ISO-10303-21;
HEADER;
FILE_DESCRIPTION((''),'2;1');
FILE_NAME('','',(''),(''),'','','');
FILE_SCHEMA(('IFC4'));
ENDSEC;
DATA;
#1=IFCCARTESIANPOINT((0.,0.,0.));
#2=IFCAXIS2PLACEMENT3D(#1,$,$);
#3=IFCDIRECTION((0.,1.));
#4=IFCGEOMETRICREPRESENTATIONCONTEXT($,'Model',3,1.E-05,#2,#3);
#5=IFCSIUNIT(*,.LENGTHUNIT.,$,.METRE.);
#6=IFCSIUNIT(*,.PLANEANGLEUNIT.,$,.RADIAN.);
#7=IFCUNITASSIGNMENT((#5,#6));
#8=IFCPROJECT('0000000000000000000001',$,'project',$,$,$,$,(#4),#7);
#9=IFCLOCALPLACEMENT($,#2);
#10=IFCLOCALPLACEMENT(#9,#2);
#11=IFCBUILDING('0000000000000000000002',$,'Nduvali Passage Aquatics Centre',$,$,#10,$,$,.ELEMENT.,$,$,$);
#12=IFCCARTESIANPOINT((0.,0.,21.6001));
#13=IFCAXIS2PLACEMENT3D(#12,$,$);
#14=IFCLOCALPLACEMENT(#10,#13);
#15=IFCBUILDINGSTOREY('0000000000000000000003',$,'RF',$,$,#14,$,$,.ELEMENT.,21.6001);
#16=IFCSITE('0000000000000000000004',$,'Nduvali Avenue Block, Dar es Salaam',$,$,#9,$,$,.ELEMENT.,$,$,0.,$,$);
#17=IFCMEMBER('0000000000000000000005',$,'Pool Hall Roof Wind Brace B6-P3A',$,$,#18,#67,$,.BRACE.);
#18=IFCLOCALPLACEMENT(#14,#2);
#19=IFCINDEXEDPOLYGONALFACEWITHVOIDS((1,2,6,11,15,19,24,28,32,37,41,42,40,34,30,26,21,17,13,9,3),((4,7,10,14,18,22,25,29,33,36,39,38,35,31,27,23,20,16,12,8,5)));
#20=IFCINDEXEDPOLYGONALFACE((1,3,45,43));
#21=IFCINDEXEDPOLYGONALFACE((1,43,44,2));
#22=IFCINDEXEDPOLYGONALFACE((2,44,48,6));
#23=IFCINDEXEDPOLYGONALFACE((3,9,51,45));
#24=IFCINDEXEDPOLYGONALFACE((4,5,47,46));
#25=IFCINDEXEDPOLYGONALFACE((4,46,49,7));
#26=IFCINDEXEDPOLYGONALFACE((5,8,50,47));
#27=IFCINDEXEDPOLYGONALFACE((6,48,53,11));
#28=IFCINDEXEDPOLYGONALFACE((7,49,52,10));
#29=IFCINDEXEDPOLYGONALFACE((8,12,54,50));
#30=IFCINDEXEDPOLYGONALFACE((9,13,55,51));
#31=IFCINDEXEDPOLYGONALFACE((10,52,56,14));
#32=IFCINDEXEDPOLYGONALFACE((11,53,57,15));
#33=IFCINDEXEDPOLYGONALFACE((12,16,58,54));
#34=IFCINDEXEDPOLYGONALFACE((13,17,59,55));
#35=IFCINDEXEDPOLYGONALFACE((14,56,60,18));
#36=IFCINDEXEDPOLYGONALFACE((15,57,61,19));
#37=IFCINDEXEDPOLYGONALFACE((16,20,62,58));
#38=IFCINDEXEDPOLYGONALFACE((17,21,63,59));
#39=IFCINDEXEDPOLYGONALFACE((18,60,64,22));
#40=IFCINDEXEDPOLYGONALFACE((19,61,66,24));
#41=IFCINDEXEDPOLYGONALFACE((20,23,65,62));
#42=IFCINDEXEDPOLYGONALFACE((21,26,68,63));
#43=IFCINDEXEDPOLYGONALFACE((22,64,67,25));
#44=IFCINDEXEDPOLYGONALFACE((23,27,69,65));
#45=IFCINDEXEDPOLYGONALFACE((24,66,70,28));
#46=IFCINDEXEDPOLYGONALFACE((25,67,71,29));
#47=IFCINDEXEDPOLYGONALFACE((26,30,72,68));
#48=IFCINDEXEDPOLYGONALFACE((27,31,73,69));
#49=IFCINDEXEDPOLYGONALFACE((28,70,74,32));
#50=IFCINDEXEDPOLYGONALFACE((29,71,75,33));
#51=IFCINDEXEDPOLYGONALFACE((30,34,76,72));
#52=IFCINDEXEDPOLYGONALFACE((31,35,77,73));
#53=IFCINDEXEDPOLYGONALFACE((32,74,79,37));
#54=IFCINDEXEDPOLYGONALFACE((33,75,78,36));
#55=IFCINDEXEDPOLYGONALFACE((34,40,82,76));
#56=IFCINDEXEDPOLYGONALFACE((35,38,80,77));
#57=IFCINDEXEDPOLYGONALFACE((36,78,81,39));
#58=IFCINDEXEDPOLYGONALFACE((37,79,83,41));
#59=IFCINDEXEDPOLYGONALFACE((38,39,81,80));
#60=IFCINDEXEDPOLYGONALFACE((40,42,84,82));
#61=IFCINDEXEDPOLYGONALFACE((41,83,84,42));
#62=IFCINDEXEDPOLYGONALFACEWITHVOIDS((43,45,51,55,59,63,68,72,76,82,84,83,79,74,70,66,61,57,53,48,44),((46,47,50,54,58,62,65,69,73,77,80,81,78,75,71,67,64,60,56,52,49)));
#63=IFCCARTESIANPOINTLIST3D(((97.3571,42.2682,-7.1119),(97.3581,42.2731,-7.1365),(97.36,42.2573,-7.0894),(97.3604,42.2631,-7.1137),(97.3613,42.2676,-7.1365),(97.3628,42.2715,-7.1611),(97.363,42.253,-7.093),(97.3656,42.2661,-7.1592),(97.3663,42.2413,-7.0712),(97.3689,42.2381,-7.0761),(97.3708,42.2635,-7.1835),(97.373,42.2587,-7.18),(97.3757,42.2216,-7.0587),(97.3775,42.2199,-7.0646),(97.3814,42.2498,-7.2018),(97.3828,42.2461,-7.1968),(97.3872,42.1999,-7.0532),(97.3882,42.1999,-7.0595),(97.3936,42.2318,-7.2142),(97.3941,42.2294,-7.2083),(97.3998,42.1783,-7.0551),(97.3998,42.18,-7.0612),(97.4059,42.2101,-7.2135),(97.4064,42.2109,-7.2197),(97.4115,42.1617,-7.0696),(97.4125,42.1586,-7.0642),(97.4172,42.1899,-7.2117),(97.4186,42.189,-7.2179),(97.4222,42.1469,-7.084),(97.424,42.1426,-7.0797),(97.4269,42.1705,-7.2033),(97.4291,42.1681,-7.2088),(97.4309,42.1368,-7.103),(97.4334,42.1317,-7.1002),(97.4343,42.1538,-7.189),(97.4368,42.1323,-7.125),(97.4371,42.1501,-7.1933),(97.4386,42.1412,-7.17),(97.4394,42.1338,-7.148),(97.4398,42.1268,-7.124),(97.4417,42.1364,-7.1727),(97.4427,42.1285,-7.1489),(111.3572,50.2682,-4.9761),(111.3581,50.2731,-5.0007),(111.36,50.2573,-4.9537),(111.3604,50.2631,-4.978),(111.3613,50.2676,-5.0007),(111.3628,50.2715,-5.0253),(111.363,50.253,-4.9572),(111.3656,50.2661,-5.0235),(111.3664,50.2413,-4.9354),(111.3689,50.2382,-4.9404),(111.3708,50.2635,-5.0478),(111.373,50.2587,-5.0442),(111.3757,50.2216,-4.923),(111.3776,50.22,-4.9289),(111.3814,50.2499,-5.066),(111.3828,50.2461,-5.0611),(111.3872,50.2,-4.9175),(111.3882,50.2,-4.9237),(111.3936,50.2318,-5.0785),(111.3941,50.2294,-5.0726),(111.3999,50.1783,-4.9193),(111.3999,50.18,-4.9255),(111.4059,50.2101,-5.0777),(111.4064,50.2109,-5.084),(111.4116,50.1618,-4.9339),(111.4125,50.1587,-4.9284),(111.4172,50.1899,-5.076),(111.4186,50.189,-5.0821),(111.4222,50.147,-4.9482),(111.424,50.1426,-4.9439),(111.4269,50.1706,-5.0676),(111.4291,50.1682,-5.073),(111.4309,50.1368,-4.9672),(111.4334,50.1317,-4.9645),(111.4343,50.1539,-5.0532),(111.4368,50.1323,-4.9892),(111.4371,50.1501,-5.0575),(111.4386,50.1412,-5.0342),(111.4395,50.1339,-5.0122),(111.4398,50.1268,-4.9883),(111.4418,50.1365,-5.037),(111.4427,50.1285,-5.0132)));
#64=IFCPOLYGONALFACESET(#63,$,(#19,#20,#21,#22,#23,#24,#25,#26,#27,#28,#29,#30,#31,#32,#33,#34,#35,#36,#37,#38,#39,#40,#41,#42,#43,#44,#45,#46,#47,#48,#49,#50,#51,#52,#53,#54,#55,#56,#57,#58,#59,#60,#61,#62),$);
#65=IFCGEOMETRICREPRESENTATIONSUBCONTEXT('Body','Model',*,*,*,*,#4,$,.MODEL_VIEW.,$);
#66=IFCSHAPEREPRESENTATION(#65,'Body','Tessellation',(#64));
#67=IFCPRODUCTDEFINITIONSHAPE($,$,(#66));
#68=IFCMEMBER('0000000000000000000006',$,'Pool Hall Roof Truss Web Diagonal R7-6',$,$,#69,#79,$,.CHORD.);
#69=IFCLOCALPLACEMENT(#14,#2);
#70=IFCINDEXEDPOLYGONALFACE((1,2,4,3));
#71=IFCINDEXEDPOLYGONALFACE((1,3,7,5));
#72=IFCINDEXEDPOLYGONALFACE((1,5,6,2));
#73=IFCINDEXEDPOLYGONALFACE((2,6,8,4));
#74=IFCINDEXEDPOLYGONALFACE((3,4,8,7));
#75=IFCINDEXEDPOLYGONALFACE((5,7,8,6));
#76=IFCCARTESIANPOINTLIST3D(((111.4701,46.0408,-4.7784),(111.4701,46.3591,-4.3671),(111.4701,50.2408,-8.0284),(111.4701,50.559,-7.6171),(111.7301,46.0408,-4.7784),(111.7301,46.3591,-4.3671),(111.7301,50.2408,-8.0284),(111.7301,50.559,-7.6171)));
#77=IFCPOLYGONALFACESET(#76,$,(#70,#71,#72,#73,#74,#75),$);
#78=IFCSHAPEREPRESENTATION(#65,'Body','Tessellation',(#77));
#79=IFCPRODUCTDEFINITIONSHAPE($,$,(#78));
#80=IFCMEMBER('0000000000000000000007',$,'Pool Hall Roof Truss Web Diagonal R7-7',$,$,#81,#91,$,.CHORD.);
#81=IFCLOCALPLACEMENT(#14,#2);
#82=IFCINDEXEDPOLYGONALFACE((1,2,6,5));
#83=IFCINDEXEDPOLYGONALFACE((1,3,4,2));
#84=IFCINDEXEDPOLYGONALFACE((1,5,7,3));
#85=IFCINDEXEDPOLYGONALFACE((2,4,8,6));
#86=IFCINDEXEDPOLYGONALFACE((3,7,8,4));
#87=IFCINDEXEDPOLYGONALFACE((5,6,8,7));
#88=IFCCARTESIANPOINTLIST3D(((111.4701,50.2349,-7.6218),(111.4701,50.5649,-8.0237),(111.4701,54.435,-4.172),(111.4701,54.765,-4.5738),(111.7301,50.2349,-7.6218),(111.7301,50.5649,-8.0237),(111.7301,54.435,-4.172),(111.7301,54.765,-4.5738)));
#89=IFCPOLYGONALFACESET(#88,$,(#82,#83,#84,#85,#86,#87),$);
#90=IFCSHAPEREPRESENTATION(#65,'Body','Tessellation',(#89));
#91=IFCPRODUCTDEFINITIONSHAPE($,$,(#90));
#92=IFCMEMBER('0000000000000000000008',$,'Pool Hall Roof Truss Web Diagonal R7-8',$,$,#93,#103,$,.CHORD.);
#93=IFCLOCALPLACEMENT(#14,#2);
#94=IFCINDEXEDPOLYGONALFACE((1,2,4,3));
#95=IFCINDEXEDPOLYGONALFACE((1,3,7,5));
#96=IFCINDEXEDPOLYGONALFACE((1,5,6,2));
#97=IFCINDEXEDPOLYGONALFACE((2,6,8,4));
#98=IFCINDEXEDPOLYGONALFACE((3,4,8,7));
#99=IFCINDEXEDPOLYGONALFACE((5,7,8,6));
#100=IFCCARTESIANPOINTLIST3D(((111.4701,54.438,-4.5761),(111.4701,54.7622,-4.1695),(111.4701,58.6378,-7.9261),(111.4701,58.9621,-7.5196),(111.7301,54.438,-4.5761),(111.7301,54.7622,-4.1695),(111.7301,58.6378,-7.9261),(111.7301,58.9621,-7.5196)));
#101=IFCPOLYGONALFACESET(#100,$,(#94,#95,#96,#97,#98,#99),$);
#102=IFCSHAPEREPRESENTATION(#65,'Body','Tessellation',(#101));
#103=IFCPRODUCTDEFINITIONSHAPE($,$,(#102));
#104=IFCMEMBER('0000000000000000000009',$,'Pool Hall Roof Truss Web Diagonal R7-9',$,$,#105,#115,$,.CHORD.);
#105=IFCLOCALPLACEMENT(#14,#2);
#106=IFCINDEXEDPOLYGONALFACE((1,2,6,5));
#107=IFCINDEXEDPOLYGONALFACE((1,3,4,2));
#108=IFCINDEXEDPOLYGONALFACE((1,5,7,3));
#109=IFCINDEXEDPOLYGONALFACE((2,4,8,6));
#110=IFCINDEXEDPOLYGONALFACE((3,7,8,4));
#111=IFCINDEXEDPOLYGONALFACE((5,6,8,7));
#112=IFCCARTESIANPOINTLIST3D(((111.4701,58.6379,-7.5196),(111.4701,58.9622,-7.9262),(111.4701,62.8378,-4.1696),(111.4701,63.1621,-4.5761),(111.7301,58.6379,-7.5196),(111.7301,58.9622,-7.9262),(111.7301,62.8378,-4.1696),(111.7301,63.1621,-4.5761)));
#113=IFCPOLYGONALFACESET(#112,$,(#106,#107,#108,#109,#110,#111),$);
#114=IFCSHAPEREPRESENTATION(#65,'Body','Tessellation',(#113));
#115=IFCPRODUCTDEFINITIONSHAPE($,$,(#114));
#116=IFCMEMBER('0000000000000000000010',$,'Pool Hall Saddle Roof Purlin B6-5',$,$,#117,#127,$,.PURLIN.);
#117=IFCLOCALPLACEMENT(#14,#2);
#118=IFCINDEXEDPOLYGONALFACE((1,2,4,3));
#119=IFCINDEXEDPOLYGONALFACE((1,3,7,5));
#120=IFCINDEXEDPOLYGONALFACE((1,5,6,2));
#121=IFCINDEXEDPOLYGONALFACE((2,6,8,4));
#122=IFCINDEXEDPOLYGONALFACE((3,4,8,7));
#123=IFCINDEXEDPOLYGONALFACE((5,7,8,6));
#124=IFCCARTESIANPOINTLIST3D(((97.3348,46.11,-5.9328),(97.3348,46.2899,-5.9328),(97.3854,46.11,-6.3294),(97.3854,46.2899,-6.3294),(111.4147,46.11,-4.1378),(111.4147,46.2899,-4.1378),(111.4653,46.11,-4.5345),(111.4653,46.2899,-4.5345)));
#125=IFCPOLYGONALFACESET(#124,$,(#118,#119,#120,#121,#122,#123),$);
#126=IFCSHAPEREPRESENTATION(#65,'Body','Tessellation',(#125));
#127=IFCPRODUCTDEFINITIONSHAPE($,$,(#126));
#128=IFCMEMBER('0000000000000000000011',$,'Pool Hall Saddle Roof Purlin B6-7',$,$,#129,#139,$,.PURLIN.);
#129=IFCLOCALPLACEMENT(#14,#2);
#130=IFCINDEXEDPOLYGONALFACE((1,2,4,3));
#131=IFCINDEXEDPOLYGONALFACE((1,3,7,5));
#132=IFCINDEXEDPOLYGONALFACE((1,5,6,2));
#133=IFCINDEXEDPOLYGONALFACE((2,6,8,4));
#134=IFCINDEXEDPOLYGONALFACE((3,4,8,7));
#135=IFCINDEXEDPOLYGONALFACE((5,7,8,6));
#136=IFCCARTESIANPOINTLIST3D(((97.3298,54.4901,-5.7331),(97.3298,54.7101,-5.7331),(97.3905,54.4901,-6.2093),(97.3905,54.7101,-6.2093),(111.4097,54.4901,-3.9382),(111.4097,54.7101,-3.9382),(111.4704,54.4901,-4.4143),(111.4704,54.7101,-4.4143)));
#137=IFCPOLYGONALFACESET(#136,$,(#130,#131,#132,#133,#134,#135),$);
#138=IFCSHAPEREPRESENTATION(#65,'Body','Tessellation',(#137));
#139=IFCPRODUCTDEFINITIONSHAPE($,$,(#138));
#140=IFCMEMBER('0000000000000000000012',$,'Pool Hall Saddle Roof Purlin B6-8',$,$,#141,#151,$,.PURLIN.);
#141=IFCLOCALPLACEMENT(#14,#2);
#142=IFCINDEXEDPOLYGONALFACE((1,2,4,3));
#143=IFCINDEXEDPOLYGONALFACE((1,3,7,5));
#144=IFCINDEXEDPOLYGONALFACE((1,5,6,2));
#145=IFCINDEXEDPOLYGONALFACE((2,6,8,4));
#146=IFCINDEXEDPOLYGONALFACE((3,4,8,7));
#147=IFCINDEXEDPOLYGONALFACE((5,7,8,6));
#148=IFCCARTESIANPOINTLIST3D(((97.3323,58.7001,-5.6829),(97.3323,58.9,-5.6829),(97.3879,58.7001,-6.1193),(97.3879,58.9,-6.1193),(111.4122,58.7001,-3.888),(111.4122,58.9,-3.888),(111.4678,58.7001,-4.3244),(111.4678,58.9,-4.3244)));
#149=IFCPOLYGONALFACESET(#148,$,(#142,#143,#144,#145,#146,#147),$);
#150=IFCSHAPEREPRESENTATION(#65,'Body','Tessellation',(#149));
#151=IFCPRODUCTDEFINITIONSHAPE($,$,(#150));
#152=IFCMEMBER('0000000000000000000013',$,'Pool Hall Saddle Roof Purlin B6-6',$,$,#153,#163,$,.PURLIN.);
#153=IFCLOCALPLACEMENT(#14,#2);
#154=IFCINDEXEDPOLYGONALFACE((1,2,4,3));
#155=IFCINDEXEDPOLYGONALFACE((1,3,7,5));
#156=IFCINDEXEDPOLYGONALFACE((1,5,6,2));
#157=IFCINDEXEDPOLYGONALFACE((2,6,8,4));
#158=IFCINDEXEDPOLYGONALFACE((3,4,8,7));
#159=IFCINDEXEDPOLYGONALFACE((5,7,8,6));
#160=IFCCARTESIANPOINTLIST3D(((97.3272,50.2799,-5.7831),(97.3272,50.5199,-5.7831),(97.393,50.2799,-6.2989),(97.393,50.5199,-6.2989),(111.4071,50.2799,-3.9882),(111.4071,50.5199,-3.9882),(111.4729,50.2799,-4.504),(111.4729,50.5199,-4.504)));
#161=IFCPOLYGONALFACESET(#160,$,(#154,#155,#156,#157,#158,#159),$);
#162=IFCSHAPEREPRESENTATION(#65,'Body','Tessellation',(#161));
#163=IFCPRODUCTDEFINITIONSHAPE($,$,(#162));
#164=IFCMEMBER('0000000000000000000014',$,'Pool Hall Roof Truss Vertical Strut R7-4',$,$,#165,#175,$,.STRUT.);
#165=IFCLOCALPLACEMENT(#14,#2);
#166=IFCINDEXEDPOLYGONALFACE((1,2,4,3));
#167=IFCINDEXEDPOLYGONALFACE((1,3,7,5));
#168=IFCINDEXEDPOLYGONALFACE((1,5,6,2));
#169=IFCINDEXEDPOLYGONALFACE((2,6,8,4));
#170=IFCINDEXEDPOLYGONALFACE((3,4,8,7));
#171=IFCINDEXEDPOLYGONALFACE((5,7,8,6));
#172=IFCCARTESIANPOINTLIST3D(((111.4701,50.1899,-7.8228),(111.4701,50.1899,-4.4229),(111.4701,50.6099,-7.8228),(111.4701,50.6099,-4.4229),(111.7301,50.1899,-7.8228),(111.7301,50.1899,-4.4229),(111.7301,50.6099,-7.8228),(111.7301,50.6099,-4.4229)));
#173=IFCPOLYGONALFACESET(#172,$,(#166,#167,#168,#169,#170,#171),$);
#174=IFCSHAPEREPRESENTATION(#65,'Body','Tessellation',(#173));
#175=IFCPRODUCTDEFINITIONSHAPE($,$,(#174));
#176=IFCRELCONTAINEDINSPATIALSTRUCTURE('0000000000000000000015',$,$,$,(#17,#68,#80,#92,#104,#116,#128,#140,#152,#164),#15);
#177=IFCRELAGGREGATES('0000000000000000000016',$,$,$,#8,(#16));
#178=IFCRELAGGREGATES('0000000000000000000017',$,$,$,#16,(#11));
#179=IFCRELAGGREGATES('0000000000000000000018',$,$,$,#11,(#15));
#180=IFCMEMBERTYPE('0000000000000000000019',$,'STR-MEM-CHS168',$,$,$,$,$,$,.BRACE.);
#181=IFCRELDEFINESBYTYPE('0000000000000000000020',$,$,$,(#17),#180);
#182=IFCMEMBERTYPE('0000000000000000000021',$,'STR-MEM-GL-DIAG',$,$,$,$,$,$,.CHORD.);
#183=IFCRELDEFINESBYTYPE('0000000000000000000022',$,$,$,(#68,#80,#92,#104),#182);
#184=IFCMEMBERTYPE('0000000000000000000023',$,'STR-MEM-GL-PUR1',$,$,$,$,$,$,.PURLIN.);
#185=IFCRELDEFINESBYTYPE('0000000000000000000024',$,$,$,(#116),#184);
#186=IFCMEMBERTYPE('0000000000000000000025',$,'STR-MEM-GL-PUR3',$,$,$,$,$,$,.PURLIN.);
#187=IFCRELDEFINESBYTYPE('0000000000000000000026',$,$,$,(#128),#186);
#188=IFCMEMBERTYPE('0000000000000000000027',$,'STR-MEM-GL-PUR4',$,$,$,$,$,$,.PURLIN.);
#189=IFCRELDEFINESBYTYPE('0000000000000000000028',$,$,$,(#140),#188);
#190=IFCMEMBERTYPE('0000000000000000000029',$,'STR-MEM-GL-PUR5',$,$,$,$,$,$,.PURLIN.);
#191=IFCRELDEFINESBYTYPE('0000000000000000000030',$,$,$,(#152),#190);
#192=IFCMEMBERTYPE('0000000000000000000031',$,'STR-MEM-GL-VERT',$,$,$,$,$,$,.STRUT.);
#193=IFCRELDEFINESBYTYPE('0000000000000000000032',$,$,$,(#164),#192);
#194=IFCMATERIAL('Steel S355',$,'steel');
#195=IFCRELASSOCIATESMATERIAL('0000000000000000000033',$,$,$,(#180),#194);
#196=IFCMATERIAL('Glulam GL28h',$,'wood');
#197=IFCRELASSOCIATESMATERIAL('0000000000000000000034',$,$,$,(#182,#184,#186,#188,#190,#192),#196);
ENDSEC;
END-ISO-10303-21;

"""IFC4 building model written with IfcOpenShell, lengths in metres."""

from ifc_helpers import new_model, si_unit, direction, frame, origin, origin_2d, place, context, subcontext, project, spatial, rectangle, hollow_circle, extrude, material, material_profile, profile_set, type_object, element, save


model = new_model("IFC4")

# Units and contexts
model_context = context("Model", 3, precision=1e-05, world=origin(), true_north=direction((0.0, 1.0)))
body_context = subcontext(model_context, "Body", "Model", "MODEL_VIEW")
ifc_project = project(units=[si_unit("LENGTHUNIT", "METRE"), si_unit("PLANEANGLEUNIT", "RADIAN")], contexts=[model_context])

# Site, building, storey
site_placement = place(None, origin())
site = spatial("IfcSite", under=ifc_project, at=site_placement, Name="Nduvali Avenue Block, Dar es Salaam", CompositionType="ELEMENT", RefElevation=0.0)
building_placement = place(site_placement, origin())
building = spatial("IfcBuilding", under=site, at=building_placement, Name="Nduvali Passage Aquatics Centre", CompositionType="ELEMENT")
storey_placement = place(building_placement, frame((0.0, 0.0, 21.6001)))
storey = spatial("IfcBuildingStorey", under=building, at=storey_placement, Name="RF", CompositionType="ELEMENT", Elevation=21.6001)

# Members
ifc_material_1 = material(Name="Steel S355", Category="steel")
ifc_material_profile_1 = material_profile(ifc_material_1, hollow_circle(Radius=0.0842, WallThickness=0.0063, at=origin_2d()), Name="CHS 168.3x6.3")
ifc_profile_set_1 = profile_set([ifc_material_profile_1], Name="Steel S355")
member_type_1 = type_object("IfcMemberType", Name="STR-MEM-CHS168", PredefinedType="BRACE", material=ifc_profile_set_1)
member_1_placement = place(storey_placement, frame((97.3999, 42.2, -7.1365), z_axis=(0.860726, 0.491843, 0.131306), x_axis=(-0.496139, 0.868243, 0.0)))
element("IfcMember", 1, at=member_1_placement, inside=storey, type_object=member_type_1, Name="Pool Hall Roof Wind Brace B6-P3A", PredefinedType="BRACE", context=body_context, shape_type="SweptSolid", body=[
    extrude(hollow_circle(Radius=0.0842, WallThickness=0.0063, at=origin_2d()), origin(), (0.0, 0.0, 1.0), 16.2654),
])
ifc_material_2 = material(Name="Glulam GL28h", Category="wood")
ifc_material_profile_2 = material_profile(ifc_material_2, rectangle(XDim=0.26, YDim=0.52, at=origin_2d()), Name="GL28h 260x520")
ifc_profile_set_2 = profile_set([ifc_material_profile_2], Name="Glulam GL28h")
member_type_2 = type_object("IfcMemberType", Name="STR-MEM-GL-DIAG", PredefinedType="CHORD", material=ifc_profile_set_2)
member_2_placement = place(storey_placement, frame((111.6001, 46.2, -4.5728), z_axis=(0.0, 0.790867, -0.611988), x_axis=(-1.0, 0.0, 0.0)))
element("IfcMember", 2, at=member_2_placement, inside=storey, type_object=member_type_2, Name="Pool Hall Roof Truss Web Diagonal R7-6", PredefinedType="CHORD", context=body_context, shape_type="SweptSolid", body=[
    extrude(rectangle(XDim=0.26, YDim=0.52, at=origin_2d()), origin(), (0.0, 0.0, 1.0), 5.3105),
])
member_3_placement = place(storey_placement, frame((111.6001, 50.3999, -7.8228), z_axis=(0.0, 0.772745, 0.634716), x_axis=(-1.0, 0.0, 0.0)))
element("IfcMember", 3, at=member_3_placement, inside=storey, type_object=member_type_2, Name="Pool Hall Roof Truss Web Diagonal R7-7", PredefinedType="CHORD", context=body_context, shape_type="SweptSolid", body=[
    extrude(rectangle(XDim=0.26, YDim=0.52, at=origin_2d()), origin(), (0.0, 0.0, 1.0), 5.4353),
])
for number, where, z_axis, x_axis, name in (
    (4, (111.6001, 54.6001, -4.3728), (0.0, 0.781764, -0.623575), (-1.0, 0.0, 0.0), "Pool Hall Roof Truss Web Diagonal R7-8"),
    (5, (111.6001, 58.8, -7.7229), (0.0, 0.781764, 0.623575), (-1.0, 0.0, 0.0), "Pool Hall Roof Truss Web Diagonal R7-9"),
):
    element("IfcMember", number, at=place(storey_placement, frame(where, z_axis=z_axis, x_axis=x_axis)), inside=storey, type_object=member_type_2, Name=name, PredefinedType="CHORD", context=body_context, shape_type="SweptSolid", body=[
        extrude(rectangle(XDim=0.26, YDim=0.52, at=origin_2d()), origin(), (0.0, 0.0, 1.0), 5.3723),
    ])
ifc_material_profile_3 = material_profile(ifc_material_2, rectangle(XDim=0.1799, YDim=0.3999, at=origin_2d()), Name="GL28h 180x400")
ifc_profile_set_3 = profile_set([ifc_material_profile_3], Name="Glulam GL28h")
member_type_3 = type_object("IfcMemberType", Name="STR-MEM-GL-PUR1", PredefinedType="PURLIN", material=ifc_profile_set_3)
member_4_placement = place(storey_placement, frame((97.3601, 46.2, -6.1311), z_axis=(0.991972, 0.0, 0.126458), x_axis=(0.0, 1.0, 0.0)))
element("IfcMember", 6, at=member_4_placement, inside=storey, type_object=member_type_3, Name="Pool Hall Saddle Roof Purlin B6-5", PredefinedType="PURLIN", context=body_context, shape_type="SweptSolid", body=[
    extrude(rectangle(XDim=0.1799, YDim=0.3999, at=origin_2d()), origin(), (0.0, 0.0, 1.0), 14.1938),
])
ifc_material_profile_4 = material_profile(ifc_material_2, rectangle(XDim=0.22, YDim=0.48, at=origin_2d()), Name="GL28h 220x480")
ifc_profile_set_4 = profile_set([ifc_material_profile_4], Name="Glulam GL28h")
member_type_4 = type_object("IfcMemberType", Name="STR-MEM-GL-PUR3", PredefinedType="PURLIN", material=ifc_profile_set_4)
member_5_placement = place(storey_placement, frame((97.3601, 54.6001, -5.9712), z_axis=(0.991972, 0.0, 0.126458), x_axis=(0.0, 1.0, 0.0)))
element("IfcMember", 7, at=member_5_placement, inside=storey, type_object=member_type_4, Name="Pool Hall Saddle Roof Purlin B6-7", PredefinedType="PURLIN", context=body_context, shape_type="SweptSolid", body=[
    extrude(rectangle(XDim=0.22, YDim=0.48, at=origin_2d()), origin(), (0.0, 0.0, 1.0), 14.1938),
])
ifc_material_profile_5 = material_profile(ifc_material_2, rectangle(XDim=0.2, YDim=0.4399, at=origin_2d()), Name="GL28h 200x440")
ifc_profile_set_5 = profile_set([ifc_material_profile_5], Name="Glulam GL28h")
member_type_5 = type_object("IfcMemberType", Name="STR-MEM-GL-PUR4", PredefinedType="PURLIN", material=ifc_profile_set_5)
member_6_placement = place(storey_placement, frame((97.3601, 58.8, -5.9011), z_axis=(0.991972, 0.0, 0.126458), x_axis=(0.0, 1.0, 0.0)))
element("IfcMember", 8, at=member_6_placement, inside=storey, type_object=member_type_5, Name="Pool Hall Saddle Roof Purlin B6-8", PredefinedType="PURLIN", context=body_context, shape_type="SweptSolid", body=[
    extrude(rectangle(XDim=0.2, YDim=0.4399, at=origin_2d()), origin(), (0.0, 0.0, 1.0), 14.1938),
])
ifc_material_profile_6 = material_profile(ifc_material_2, rectangle(XDim=0.24, YDim=0.52, at=origin_2d()), Name="GL28h 240x520")
ifc_profile_set_6 = profile_set([ifc_material_profile_6], Name="Glulam GL28h")
member_type_6 = type_object("IfcMemberType", Name="STR-MEM-GL-PUR5", PredefinedType="PURLIN", material=ifc_profile_set_6)
member_7_placement = place(storey_placement, frame((97.3601, 50.3999, -6.041), z_axis=(0.991972, 0.0, 0.126458), x_axis=(0.0, 1.0, 0.0)))
element("IfcMember", 9, at=member_7_placement, inside=storey, type_object=member_type_6, Name="Pool Hall Saddle Roof Purlin B6-6", PredefinedType="PURLIN", context=body_context, shape_type="SweptSolid", body=[
    extrude(rectangle(XDim=0.24, YDim=0.52, at=origin_2d()), origin(), (0.0, 0.0, 1.0), 14.1938),
])
ifc_material_profile_7 = material_profile(ifc_material_2, rectangle(XDim=0.26, YDim=0.4199, at=origin_2d()), Name="GL28h 260x420")
ifc_profile_set_7 = profile_set([ifc_material_profile_7], Name="Glulam GL28h")
member_type_7 = type_object("IfcMemberType", Name="STR-MEM-GL-VERT", PredefinedType="STRUT", material=ifc_profile_set_7)
member_8_placement = place(storey_placement, frame((111.6001, 50.3999, -7.8228), z_axis=(0.0, 0.0, 1.0), x_axis=(1.0, 0.0, 0.0)))
element("IfcMember", 10, at=member_8_placement, inside=storey, type_object=member_type_7, Name="Pool Hall Roof Truss Vertical Strut R7-4", PredefinedType="STRUT", context=body_context, shape_type="SweptSolid", body=[
    extrude(rectangle(XDim=0.26, YDim=0.4199, at=origin_2d()), origin(), (0.0, 0.0, 1.0), 3.3999),
])

save(model, "model.ifc")
